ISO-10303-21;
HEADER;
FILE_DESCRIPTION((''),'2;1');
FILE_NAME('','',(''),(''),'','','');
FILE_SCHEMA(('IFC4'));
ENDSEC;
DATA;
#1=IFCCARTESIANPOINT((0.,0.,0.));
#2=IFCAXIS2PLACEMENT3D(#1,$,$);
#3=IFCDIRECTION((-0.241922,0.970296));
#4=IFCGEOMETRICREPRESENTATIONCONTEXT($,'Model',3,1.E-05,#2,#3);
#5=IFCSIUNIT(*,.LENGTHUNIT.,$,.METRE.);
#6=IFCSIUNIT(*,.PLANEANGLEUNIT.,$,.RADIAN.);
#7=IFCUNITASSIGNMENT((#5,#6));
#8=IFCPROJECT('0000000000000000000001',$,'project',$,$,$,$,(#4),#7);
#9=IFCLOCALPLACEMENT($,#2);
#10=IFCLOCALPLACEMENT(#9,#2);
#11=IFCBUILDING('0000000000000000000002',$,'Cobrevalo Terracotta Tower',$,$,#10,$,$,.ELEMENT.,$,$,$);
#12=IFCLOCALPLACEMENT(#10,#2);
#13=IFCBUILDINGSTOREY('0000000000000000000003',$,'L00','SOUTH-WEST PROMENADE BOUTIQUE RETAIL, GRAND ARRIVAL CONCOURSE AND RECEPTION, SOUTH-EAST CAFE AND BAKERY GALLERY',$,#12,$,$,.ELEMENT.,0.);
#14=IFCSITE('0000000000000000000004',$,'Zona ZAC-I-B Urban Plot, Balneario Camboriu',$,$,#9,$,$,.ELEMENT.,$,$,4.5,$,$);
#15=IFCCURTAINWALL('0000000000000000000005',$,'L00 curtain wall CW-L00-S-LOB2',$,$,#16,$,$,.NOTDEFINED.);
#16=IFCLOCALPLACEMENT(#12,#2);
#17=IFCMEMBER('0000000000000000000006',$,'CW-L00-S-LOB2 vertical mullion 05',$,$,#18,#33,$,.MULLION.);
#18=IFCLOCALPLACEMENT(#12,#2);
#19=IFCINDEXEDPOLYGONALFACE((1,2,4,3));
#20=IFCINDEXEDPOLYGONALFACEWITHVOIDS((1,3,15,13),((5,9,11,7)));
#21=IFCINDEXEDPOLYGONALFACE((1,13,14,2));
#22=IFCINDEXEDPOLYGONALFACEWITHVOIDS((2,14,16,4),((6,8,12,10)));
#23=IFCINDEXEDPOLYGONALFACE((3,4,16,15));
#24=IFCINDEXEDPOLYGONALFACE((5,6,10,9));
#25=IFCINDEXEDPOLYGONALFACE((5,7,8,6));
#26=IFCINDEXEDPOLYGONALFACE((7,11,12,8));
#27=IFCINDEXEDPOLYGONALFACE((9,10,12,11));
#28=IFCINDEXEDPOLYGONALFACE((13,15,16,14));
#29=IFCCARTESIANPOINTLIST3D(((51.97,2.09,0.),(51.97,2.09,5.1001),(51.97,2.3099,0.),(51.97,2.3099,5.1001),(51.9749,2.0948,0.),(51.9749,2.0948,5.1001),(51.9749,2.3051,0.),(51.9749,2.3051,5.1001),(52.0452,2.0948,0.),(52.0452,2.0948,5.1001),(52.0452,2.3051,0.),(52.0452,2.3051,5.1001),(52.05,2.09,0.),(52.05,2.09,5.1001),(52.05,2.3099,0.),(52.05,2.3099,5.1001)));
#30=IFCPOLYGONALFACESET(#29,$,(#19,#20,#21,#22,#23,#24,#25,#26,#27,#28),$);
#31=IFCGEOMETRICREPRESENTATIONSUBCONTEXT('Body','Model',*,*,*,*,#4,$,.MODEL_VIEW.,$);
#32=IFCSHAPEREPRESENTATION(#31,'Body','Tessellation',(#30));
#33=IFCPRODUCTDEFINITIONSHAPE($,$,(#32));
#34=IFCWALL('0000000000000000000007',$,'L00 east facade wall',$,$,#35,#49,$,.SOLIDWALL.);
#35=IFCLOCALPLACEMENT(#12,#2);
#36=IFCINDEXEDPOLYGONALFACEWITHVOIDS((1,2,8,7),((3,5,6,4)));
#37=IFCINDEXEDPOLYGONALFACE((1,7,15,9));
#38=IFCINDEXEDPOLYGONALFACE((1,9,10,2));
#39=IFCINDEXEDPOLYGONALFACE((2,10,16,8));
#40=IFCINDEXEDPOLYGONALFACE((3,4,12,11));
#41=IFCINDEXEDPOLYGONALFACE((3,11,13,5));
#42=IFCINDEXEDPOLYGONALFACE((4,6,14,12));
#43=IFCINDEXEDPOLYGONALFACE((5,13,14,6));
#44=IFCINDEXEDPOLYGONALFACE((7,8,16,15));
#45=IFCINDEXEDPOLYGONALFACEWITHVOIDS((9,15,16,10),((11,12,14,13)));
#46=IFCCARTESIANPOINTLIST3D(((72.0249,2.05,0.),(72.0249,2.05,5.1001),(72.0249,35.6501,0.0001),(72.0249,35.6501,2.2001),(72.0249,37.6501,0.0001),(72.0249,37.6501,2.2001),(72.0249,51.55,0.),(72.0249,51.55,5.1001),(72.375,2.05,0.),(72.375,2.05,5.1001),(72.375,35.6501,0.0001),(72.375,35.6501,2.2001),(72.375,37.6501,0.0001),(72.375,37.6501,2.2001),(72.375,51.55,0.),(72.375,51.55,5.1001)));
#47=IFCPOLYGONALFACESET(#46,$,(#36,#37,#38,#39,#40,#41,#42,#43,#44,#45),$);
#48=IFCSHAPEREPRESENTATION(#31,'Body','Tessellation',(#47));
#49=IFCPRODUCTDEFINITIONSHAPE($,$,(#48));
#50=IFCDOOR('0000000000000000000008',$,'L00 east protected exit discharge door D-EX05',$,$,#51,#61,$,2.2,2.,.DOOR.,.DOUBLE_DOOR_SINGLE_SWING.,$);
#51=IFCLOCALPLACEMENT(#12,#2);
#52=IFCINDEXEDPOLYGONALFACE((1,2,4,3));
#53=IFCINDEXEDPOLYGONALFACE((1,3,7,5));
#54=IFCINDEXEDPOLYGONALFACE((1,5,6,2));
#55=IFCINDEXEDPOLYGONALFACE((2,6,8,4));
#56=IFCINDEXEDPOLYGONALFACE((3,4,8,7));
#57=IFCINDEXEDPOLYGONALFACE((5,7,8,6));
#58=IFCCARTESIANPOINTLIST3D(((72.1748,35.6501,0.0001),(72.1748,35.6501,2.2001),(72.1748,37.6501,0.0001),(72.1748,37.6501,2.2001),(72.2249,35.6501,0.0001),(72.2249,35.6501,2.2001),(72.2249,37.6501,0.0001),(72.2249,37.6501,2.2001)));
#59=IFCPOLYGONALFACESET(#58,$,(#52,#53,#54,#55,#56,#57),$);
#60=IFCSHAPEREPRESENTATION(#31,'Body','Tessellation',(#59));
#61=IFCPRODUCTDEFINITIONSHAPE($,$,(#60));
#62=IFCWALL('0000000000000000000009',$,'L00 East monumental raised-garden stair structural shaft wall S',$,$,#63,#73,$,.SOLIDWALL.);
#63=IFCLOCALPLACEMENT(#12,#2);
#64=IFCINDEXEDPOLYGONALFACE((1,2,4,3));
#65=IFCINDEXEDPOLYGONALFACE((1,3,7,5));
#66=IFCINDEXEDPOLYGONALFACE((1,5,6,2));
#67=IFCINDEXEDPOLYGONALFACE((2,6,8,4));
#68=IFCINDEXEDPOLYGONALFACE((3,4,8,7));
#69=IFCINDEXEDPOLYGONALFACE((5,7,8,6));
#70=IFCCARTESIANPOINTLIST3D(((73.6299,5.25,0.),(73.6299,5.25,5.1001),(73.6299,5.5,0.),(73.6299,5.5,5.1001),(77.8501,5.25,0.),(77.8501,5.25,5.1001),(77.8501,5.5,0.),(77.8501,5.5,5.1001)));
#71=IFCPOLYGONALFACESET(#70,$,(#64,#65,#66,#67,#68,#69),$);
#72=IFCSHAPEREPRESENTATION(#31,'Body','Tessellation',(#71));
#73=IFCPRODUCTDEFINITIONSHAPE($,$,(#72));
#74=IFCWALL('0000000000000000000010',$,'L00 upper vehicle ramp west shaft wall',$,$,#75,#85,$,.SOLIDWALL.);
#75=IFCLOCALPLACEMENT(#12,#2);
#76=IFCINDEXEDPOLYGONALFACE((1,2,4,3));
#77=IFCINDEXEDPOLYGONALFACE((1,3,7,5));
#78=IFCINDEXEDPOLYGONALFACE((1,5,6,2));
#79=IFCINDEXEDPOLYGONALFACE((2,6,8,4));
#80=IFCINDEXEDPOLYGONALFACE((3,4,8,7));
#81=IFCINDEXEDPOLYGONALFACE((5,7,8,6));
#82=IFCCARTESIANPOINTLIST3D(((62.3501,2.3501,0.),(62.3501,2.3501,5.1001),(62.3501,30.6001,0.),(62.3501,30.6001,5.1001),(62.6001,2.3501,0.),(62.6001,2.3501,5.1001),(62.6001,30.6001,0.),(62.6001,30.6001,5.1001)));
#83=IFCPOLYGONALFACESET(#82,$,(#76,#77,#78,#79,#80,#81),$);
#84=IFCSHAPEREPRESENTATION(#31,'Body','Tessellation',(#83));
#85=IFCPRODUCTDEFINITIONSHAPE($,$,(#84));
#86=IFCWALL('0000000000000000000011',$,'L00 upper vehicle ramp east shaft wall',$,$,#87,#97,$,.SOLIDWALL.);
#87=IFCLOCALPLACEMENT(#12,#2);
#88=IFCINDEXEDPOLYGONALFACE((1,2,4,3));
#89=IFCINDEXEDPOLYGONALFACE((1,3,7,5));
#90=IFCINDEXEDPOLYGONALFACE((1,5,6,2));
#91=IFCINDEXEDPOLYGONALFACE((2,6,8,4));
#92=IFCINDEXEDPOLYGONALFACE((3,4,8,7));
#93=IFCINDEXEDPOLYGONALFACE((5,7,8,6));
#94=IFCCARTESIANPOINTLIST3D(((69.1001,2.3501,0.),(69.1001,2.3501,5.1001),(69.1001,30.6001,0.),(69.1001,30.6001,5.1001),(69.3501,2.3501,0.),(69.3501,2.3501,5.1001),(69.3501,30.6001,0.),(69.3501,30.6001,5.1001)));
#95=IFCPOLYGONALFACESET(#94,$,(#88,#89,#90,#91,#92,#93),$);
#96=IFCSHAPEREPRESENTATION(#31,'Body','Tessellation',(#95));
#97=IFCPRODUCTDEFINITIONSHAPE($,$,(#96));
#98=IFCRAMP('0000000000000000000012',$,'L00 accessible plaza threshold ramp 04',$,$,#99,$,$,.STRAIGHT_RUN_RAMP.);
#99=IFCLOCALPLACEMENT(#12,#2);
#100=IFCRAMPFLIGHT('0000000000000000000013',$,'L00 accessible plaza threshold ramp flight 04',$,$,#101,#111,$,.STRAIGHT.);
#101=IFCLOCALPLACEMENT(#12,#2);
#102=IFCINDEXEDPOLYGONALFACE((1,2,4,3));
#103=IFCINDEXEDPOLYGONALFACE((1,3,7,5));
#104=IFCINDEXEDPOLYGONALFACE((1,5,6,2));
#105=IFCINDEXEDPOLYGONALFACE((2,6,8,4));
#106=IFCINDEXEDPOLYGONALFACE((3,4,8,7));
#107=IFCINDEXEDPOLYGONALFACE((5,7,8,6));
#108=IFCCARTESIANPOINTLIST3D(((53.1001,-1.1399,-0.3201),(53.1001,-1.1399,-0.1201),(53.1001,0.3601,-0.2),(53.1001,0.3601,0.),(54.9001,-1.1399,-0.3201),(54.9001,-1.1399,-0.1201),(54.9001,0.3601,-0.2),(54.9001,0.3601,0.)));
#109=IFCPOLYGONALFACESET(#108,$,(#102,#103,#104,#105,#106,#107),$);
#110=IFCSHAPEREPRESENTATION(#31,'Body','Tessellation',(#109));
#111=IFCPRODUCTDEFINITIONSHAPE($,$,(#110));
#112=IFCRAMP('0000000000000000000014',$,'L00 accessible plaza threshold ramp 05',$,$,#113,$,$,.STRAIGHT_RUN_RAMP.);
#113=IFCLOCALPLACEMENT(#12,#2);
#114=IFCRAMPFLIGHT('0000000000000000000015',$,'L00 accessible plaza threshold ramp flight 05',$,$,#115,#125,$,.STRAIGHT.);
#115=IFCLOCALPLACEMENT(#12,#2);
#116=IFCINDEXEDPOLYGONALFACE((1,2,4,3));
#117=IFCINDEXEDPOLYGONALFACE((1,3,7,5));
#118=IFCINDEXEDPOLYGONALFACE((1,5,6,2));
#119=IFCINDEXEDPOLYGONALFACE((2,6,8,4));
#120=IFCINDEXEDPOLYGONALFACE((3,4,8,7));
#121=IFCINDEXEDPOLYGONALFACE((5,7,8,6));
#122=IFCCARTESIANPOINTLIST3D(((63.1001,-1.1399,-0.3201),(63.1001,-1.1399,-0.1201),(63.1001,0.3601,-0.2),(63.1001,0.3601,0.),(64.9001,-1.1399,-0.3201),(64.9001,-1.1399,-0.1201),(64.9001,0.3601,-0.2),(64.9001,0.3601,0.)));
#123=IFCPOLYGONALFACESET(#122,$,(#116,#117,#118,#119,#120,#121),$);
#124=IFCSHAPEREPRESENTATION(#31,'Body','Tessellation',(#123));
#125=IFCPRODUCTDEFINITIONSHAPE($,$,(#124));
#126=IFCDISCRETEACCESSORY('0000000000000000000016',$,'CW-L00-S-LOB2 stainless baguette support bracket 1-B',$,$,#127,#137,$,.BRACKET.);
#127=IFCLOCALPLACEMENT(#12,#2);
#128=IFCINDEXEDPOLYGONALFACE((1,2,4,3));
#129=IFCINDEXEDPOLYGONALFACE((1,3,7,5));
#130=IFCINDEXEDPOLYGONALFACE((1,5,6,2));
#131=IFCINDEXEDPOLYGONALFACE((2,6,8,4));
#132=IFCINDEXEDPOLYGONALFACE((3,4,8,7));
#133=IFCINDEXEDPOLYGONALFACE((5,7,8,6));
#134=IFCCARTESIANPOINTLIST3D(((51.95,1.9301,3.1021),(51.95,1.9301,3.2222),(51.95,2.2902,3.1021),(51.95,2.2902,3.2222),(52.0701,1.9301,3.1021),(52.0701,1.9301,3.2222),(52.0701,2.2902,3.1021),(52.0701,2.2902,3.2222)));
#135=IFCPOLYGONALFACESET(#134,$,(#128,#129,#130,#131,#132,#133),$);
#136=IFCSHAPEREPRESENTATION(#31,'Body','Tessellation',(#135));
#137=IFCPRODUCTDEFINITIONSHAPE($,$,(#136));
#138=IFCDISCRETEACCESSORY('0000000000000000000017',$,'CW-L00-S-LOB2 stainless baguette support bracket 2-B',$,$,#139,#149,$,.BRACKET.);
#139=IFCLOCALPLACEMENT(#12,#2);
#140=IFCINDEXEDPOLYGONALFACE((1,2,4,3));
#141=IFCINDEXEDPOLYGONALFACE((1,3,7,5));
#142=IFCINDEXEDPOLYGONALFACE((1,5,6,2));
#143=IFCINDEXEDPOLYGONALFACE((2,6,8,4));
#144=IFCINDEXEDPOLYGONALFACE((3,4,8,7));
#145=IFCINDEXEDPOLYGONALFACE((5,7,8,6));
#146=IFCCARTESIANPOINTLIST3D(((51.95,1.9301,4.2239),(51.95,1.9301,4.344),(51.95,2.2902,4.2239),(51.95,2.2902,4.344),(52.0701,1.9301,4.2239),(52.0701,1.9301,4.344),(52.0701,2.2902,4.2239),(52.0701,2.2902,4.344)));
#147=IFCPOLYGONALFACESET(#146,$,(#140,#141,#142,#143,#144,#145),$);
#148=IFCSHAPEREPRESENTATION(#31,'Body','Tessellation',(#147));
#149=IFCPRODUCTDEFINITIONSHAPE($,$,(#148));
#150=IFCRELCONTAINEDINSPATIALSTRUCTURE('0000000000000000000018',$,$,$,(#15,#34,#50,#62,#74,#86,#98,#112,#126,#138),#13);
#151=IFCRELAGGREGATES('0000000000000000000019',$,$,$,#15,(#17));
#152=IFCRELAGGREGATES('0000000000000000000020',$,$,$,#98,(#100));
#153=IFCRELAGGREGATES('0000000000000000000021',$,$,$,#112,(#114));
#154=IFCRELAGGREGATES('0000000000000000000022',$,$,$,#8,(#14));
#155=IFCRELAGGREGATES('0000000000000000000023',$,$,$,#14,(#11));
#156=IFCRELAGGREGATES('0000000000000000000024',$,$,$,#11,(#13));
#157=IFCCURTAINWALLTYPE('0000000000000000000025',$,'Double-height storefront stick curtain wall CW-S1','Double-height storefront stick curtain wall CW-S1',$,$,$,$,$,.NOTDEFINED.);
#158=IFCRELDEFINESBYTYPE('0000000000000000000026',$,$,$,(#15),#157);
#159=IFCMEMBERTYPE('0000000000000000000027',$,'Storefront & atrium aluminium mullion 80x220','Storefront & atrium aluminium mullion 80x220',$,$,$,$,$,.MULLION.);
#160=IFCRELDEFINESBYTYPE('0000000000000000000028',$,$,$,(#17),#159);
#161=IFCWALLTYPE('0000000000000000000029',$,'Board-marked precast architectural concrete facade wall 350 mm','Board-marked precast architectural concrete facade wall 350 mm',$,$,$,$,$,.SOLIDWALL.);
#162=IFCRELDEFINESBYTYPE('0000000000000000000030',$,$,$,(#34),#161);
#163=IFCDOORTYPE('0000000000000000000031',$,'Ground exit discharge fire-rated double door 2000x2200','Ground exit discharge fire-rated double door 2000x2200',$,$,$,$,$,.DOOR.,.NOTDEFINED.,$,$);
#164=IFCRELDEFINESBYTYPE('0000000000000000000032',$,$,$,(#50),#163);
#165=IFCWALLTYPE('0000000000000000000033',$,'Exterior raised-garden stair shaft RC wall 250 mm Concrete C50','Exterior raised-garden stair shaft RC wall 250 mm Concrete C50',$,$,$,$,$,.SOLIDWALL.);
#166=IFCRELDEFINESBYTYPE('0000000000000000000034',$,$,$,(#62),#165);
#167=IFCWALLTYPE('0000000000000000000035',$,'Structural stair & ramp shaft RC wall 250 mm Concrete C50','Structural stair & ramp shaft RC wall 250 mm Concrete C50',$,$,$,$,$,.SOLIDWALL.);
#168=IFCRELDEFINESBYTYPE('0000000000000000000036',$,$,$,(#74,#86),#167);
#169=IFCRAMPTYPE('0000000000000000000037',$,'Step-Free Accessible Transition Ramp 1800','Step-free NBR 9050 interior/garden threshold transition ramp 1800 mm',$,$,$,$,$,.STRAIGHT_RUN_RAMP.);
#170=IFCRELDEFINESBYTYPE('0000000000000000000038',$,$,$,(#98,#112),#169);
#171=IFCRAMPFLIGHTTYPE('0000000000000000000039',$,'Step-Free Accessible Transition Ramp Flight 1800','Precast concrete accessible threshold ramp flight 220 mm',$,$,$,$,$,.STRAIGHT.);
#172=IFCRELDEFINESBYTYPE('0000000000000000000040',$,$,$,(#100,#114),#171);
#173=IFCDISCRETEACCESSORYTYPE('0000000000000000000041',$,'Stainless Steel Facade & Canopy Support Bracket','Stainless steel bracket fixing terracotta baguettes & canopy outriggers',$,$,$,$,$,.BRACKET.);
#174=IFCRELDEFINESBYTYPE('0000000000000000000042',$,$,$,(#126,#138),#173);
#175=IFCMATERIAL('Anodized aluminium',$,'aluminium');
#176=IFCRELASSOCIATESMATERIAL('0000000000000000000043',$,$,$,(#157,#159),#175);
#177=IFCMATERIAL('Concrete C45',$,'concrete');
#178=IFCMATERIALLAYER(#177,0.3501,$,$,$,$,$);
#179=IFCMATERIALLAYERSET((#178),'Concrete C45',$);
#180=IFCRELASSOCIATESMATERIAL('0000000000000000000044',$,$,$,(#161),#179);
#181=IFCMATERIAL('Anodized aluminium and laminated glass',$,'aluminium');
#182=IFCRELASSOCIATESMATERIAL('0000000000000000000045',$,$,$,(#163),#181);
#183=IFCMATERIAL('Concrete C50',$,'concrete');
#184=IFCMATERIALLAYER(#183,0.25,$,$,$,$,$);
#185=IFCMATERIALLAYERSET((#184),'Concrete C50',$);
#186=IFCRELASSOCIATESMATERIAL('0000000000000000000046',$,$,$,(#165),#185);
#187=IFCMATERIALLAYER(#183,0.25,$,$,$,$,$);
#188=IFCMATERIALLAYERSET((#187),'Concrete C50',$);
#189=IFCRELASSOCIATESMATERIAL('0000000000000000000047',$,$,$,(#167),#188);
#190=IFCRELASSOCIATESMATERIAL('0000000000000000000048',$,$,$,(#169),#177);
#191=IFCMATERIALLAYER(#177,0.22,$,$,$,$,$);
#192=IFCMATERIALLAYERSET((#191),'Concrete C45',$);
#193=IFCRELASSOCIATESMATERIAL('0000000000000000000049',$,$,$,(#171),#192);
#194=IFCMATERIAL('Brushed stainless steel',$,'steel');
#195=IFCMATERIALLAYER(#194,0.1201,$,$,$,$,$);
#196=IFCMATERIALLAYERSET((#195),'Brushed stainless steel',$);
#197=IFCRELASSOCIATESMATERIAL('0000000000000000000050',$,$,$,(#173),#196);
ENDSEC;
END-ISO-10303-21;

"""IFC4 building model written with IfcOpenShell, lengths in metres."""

from ifc_helpers import new_model, si_unit, direction, frame, frame_2d, origin, origin_2d, place, context, subcontext, project, spatial, polyline, rectangle, hollow_rectangle, outline, extrude, source, transform, mapped, material, layer, layer_set, material_profile, profile_set, type_object, element, fill, aggregate, save


model = new_model("IFC4")

# Units and contexts
model_context = context("Model", 3, precision=1e-05, world=origin(), true_north=direction((-0.241922, 0.970296)))
body_context = subcontext(model_context, "Body", "Model", "MODEL_VIEW")
ifc_project = project(units=[si_unit("LENGTHUNIT", "METRE"), si_unit("PLANEANGLEUNIT", "RADIAN")], contexts=[model_context])

# Site, building, storey
site_placement = place(None, origin())
site = spatial("IfcSite", under=ifc_project, at=site_placement, Name="Zona ZAC-I-B Urban Plot, Balneario Camboriu", CompositionType="ELEMENT", RefElevation=4.5)
building_placement = place(site_placement, origin())
building = spatial("IfcBuilding", under=site, at=building_placement, Name="Cobrevalo Terracotta Tower", CompositionType="ELEMENT")
storey_placement = place(building_placement, origin())
storey = spatial("IfcBuildingStorey", under=building, at=storey_placement, Name="L00", Description="SOUTH-WEST PROMENADE BOUTIQUE RETAIL, GRAND ARRIVAL CONCOURSE AND RECEPTION, SOUTH-EAST CAFE AND BAKERY GALLERY", CompositionType="ELEMENT", Elevation=0.0)

# Shared definitions
ifc_material_1 = material(Name="Concrete C50", Category="concrete")

# Curtain wall, member
ifc_material_2 = material(Name="Anodized aluminium", Category="aluminium")
curtain_wall_type = type_object("IfcCurtainWallType", Name="Double-height storefront stick curtain wall CW-S1", Description="Double-height storefront stick curtain wall CW-S1", PredefinedType="NOTDEFINED", material=ifc_material_2)
curtain_wall_placement = place(storey_placement, origin())
curtain_wall = element("IfcCurtainWall", 1, at=curtain_wall_placement, inside=storey, type_object=curtain_wall_type, Name="L00 curtain wall CW-L00-S-LOB2", PredefinedType="NOTDEFINED")
ifc_material_profile_1 = material_profile(ifc_material_2, hollow_rectangle(XDim=0.0801, YDim=0.22, WallThickness=0.0049, at=origin_2d()), Name="CWM 80x220")
ifc_profile_set_1 = profile_set([ifc_material_profile_1], Name="Anodized aluminium")
member_type = type_object("IfcMemberType", Name="Storefront & atrium aluminium mullion 80x220", Description="Storefront & atrium aluminium mullion 80x220", PredefinedType="MULLION", material=ifc_profile_set_1)
shared_shape_1 = source(origin(), body_context, "Body", "SweptSolid", [
    extrude(hollow_rectangle(XDim=0.0801, YDim=0.22, WallThickness=0.0049, at=origin_2d()), origin(), (0.0, 0.0, 1.0), 5.1001),
])
member_placement = place(storey_placement, frame((52.01, 2.2, 0.0), z_axis=(0.0, 0.0, 1.0), x_axis=(1.0, 0.0, 0.0)))
member = element("IfcMember", 2, at=member_placement, type_object=member_type, Name="CW-L00-S-LOB2 vertical mullion 05", PredefinedType="MULLION", context=body_context, shape_type="MappedRepresentation", body=[
    mapped(shared_shape_1, transform((0.0, 0.0, 0.0), scale=1.0)),
])
aggregate(curtain_wall, [member])

# Wall, opening, door
ifc_material_3 = material(Name="Concrete C45", Category="concrete")
ifc_layer_1 = layer(ifc_material_3, 0.3501)
ifc_layer_set_1 = layer_set([ifc_layer_1], Name="Concrete C45")
wall_type_1 = type_object("IfcWallType", Name="Board-marked precast architectural concrete facade wall 350 mm", Description="Board-marked precast architectural concrete facade wall 350 mm", PredefinedType="SOLIDWALL", material=ifc_layer_set_1)
wall_1_placement = place(storey_placement, frame((72.2, 2.05, 0.0), z_axis=(0.0, 0.0, 1.0), x_axis=(0.0, 1.0, 0.0)))
wall_1 = element("IfcWall", 3, at=wall_1_placement, inside=storey, type_object=wall_type_1, Name="L00 east facade wall", PredefinedType="SOLIDWALL", context=body_context, shape_type="SweptSolid", body=[
    extrude(rectangle(XDim=49.5, YDim=0.3501, at=frame_2d((24.75, 0.0))), origin(), (0.0, 0.0, 1.0), 5.1001),
])
opening_placement = place(wall_1_placement, frame((33.6001, 0.0, 0.0)))
opening = element("IfcOpeningElement", 4, at=opening_placement, cuts=wall_1, PredefinedType="OPENING", context=body_context, shape_type="SweptSolid", body=[
    extrude(rectangle(XDim=2.0, YDim=2.2, at=frame_2d((1.0, 1.1001))), frame((0.0, 0.1851, 0.0), z_axis=(0.0, -1.0, 0.0), x_axis=(1.0, 0.0, 0.0)), (0.0, 0.0, 1.0), 0.3701),
])
ifc_material_4 = material(Name="Anodized aluminium and laminated glass", Category="aluminium")
door_type = type_object("IfcDoorType", Name="Ground exit discharge fire-rated double door 2000x2200", Description="Ground exit discharge fire-rated double door 2000x2200", OperationType="NOTDEFINED", PredefinedType="DOOR", material=ifc_material_4)
shared_shape_2 = source(origin(), body_context, "Body", "SweptSolid", [
    extrude(rectangle(XDim=2.0, YDim=2.2, at=frame_2d((1.0, 1.1001))), frame((0.0, 0.0249, 0.0), z_axis=(0.0, -1.0, 0.0), x_axis=(1.0, 0.0, 0.0)), (0.0, 0.0, 1.0), 0.05),
])
door_placement = place(opening_placement, frame((2.0, 0.0, 0.0), z_axis=(0.0, 0.0, 1.0), x_axis=(-1.0, 0.0, 0.0)))
door = element("IfcDoor", 5, at=door_placement, inside=storey, type_object=door_type, Name="L00 east protected exit discharge door D-EX05", OperationType="DOUBLE_DOOR_SINGLE_SWING", OverallHeight=2.2, OverallWidth=2.0, PredefinedType="DOOR", context=body_context, shape_type="MappedRepresentation", body=[
    mapped(shared_shape_2, transform((0.0, 0.0, 0.0), scale=1.0)),
])
fill(opening, door)

# Walls
ifc_layer_2 = layer(ifc_material_1, 0.25)
ifc_layer_set_2 = layer_set([ifc_layer_2], Name="Concrete C50")
wall_type_2 = type_object("IfcWallType", Name="Exterior raised-garden stair shaft RC wall 250 mm Concrete C50", Description="Exterior raised-garden stair shaft RC wall 250 mm Concrete C50", PredefinedType="SOLIDWALL", material=ifc_layer_set_2)
wall_2_placement = place(storey_placement, frame((73.6299, 5.375, 0.0), z_axis=(0.0, 0.0, 1.0), x_axis=(1.0, 0.0, 0.0)))
element("IfcWall", 6, at=wall_2_placement, inside=storey, type_object=wall_type_2, Name="L00 East monumental raised-garden stair structural shaft wall S", PredefinedType="SOLIDWALL", context=body_context, shape_type="SweptSolid", body=[
    extrude(rectangle(XDim=4.2202, YDim=0.25, at=frame_2d((2.1101, 0.0))), origin(), (0.0, 0.0, 1.0), 5.1001),
])
ifc_layer_3 = layer(ifc_material_1, 0.25)
ifc_layer_set_3 = layer_set([ifc_layer_3], Name="Concrete C50")
wall_type_3 = type_object("IfcWallType", Name="Structural stair & ramp shaft RC wall 250 mm Concrete C50", Description="Structural stair & ramp shaft RC wall 250 mm Concrete C50", PredefinedType="SOLIDWALL", material=ifc_layer_set_3)
for number, where, z_axis, x_axis, name in (
    (7, (62.4751, 2.3501, 0.0), (0.0, 0.0, 1.0), (0.0, 1.0, 0.0), "L00 upper vehicle ramp west shaft wall"),
    (8, (69.2251, 2.3501, 0.0), (0.0, 0.0, 1.0), (0.0, 1.0, 0.0), "L00 upper vehicle ramp east shaft wall"),
):
    element("IfcWall", number, at=place(storey_placement, frame(where, z_axis=z_axis, x_axis=x_axis)), inside=storey, type_object=wall_type_3, Name=name, PredefinedType="SOLIDWALL", context=body_context, shape_type="SweptSolid", body=[
        extrude(rectangle(XDim=28.25, YDim=0.25, at=frame_2d((14.125, 0.0))), origin(), (0.0, 0.0, 1.0), 5.1001),
    ])

# Ramps, ramp flights
ramp_type = type_object("IfcRampType", Name="Step-Free Accessible Transition Ramp 1800", Description="Step-free NBR 9050 interior/garden threshold transition ramp 1800 mm", PredefinedType="STRAIGHT_RUN_RAMP", material=ifc_material_3)
ramp_1_placement = place(storey_placement, origin())
ramp_1 = element("IfcRamp", 9, at=ramp_1_placement, inside=storey, type_object=ramp_type, Name="L00 accessible plaza threshold ramp 04", PredefinedType="STRAIGHT_RUN_RAMP")
ifc_layer_4 = layer(ifc_material_3, 0.22)
ifc_layer_set_4 = layer_set([ifc_layer_4], Name="Concrete C45")
ramp_flight_type = type_object("IfcRampFlightType", Name="Step-Free Accessible Transition Ramp Flight 1800", Description="Precast concrete accessible threshold ramp flight 220 mm", PredefinedType="STRAIGHT", material=ifc_layer_set_4)
ramp_flight_1_placement = place(storey_placement, frame((54.0, -1.1399, -0.1201), z_axis=(0.0, 0.0, 1.0), x_axis=(0.0, 1.0, 0.0)))
ramp_flight_1 = element("IfcRampFlight", 10, at=ramp_flight_1_placement, type_object=ramp_flight_type, Name="L00 accessible plaza threshold ramp flight 04", PredefinedType="STRAIGHT", context=body_context, shape_type="SweptSolid", body=[
    extrude(outline(polyline([(0.0, -0.2), (1.5, -0.0798), (1.5, 0.1201), (0.0, 0.0), (0.0, -0.2)])), frame((0.0, 0.8999, 0.0), z_axis=(0.0, -1.0, 0.0), x_axis=(1.0, 0.0, 0.0)), (0.0, 0.0, 1.0), 1.8),
])
aggregate(ramp_1, [ramp_flight_1])
ramp_2_placement = place(storey_placement, origin())
ramp_2 = element("IfcRamp", 11, at=ramp_2_placement, inside=storey, type_object=ramp_type, Name="L00 accessible plaza threshold ramp 05", PredefinedType="STRAIGHT_RUN_RAMP")
ramp_flight_2_placement = place(storey_placement, frame((64.0, -1.1399, -0.1201), z_axis=(0.0, 0.0, 1.0), x_axis=(0.0, 1.0, 0.0)))
ramp_flight_2 = element("IfcRampFlight", 12, at=ramp_flight_2_placement, type_object=ramp_flight_type, Name="L00 accessible plaza threshold ramp flight 05", PredefinedType="STRAIGHT", context=body_context, shape_type="SweptSolid", body=[
    extrude(outline(polyline([(0.0, -0.2), (1.5, -0.0798), (1.5, 0.1201), (0.0, 0.0), (0.0, -0.2)])), frame((0.0, 0.8999, 0.0), z_axis=(0.0, -1.0, 0.0), x_axis=(1.0, 0.0, 0.0)), (0.0, 0.0, 1.0), 1.8),
])
aggregate(ramp_2, [ramp_flight_2])

# Discrete accessories
ifc_material_5 = material(Name="Brushed stainless steel", Category="steel")
ifc_layer_5 = layer(ifc_material_5, 0.1201)
ifc_layer_set_5 = layer_set([ifc_layer_5], Name="Brushed stainless steel")
discrete_accessory_type = type_object("IfcDiscreteAccessoryType", Name="Stainless Steel Facade & Canopy Support Bracket", Description="Stainless steel bracket fixing terracotta baguettes & canopy outriggers", PredefinedType="BRACKET", material=ifc_layer_set_5)
shared_shape_3 = source(origin(), body_context, "Body", "SweptSolid", [
    extrude(rectangle(XDim=0.1201, YDim=0.3601, at=origin_2d()), origin(), (0.0, 0.0, 1.0), 0.1201),
])
for number, where, z_axis, x_axis, name in (
    (13, (52.01, 2.1101, 3.1021), (0.0, 0.0, 1.0), (1.0, 0.0, 0.0), "CW-L00-S-LOB2 stainless baguette support bracket 1-B"),
    (14, (52.01, 2.1101, 4.2239), (0.0, 0.0, 1.0), (1.0, 0.0, 0.0), "CW-L00-S-LOB2 stainless baguette support bracket 2-B"),
):
    element("IfcDiscreteAccessory", number, at=place(storey_placement, frame(where, z_axis=z_axis, x_axis=x_axis)), inside=storey, type_object=discrete_accessory_type, Name=name, PredefinedType="BRACKET", context=body_context, shape_type="MappedRepresentation", body=[
        mapped(shared_shape_3, transform((0.0, 0.0, 0.0), scale=1.0)),
    ])

save(model, "model.ifc")
